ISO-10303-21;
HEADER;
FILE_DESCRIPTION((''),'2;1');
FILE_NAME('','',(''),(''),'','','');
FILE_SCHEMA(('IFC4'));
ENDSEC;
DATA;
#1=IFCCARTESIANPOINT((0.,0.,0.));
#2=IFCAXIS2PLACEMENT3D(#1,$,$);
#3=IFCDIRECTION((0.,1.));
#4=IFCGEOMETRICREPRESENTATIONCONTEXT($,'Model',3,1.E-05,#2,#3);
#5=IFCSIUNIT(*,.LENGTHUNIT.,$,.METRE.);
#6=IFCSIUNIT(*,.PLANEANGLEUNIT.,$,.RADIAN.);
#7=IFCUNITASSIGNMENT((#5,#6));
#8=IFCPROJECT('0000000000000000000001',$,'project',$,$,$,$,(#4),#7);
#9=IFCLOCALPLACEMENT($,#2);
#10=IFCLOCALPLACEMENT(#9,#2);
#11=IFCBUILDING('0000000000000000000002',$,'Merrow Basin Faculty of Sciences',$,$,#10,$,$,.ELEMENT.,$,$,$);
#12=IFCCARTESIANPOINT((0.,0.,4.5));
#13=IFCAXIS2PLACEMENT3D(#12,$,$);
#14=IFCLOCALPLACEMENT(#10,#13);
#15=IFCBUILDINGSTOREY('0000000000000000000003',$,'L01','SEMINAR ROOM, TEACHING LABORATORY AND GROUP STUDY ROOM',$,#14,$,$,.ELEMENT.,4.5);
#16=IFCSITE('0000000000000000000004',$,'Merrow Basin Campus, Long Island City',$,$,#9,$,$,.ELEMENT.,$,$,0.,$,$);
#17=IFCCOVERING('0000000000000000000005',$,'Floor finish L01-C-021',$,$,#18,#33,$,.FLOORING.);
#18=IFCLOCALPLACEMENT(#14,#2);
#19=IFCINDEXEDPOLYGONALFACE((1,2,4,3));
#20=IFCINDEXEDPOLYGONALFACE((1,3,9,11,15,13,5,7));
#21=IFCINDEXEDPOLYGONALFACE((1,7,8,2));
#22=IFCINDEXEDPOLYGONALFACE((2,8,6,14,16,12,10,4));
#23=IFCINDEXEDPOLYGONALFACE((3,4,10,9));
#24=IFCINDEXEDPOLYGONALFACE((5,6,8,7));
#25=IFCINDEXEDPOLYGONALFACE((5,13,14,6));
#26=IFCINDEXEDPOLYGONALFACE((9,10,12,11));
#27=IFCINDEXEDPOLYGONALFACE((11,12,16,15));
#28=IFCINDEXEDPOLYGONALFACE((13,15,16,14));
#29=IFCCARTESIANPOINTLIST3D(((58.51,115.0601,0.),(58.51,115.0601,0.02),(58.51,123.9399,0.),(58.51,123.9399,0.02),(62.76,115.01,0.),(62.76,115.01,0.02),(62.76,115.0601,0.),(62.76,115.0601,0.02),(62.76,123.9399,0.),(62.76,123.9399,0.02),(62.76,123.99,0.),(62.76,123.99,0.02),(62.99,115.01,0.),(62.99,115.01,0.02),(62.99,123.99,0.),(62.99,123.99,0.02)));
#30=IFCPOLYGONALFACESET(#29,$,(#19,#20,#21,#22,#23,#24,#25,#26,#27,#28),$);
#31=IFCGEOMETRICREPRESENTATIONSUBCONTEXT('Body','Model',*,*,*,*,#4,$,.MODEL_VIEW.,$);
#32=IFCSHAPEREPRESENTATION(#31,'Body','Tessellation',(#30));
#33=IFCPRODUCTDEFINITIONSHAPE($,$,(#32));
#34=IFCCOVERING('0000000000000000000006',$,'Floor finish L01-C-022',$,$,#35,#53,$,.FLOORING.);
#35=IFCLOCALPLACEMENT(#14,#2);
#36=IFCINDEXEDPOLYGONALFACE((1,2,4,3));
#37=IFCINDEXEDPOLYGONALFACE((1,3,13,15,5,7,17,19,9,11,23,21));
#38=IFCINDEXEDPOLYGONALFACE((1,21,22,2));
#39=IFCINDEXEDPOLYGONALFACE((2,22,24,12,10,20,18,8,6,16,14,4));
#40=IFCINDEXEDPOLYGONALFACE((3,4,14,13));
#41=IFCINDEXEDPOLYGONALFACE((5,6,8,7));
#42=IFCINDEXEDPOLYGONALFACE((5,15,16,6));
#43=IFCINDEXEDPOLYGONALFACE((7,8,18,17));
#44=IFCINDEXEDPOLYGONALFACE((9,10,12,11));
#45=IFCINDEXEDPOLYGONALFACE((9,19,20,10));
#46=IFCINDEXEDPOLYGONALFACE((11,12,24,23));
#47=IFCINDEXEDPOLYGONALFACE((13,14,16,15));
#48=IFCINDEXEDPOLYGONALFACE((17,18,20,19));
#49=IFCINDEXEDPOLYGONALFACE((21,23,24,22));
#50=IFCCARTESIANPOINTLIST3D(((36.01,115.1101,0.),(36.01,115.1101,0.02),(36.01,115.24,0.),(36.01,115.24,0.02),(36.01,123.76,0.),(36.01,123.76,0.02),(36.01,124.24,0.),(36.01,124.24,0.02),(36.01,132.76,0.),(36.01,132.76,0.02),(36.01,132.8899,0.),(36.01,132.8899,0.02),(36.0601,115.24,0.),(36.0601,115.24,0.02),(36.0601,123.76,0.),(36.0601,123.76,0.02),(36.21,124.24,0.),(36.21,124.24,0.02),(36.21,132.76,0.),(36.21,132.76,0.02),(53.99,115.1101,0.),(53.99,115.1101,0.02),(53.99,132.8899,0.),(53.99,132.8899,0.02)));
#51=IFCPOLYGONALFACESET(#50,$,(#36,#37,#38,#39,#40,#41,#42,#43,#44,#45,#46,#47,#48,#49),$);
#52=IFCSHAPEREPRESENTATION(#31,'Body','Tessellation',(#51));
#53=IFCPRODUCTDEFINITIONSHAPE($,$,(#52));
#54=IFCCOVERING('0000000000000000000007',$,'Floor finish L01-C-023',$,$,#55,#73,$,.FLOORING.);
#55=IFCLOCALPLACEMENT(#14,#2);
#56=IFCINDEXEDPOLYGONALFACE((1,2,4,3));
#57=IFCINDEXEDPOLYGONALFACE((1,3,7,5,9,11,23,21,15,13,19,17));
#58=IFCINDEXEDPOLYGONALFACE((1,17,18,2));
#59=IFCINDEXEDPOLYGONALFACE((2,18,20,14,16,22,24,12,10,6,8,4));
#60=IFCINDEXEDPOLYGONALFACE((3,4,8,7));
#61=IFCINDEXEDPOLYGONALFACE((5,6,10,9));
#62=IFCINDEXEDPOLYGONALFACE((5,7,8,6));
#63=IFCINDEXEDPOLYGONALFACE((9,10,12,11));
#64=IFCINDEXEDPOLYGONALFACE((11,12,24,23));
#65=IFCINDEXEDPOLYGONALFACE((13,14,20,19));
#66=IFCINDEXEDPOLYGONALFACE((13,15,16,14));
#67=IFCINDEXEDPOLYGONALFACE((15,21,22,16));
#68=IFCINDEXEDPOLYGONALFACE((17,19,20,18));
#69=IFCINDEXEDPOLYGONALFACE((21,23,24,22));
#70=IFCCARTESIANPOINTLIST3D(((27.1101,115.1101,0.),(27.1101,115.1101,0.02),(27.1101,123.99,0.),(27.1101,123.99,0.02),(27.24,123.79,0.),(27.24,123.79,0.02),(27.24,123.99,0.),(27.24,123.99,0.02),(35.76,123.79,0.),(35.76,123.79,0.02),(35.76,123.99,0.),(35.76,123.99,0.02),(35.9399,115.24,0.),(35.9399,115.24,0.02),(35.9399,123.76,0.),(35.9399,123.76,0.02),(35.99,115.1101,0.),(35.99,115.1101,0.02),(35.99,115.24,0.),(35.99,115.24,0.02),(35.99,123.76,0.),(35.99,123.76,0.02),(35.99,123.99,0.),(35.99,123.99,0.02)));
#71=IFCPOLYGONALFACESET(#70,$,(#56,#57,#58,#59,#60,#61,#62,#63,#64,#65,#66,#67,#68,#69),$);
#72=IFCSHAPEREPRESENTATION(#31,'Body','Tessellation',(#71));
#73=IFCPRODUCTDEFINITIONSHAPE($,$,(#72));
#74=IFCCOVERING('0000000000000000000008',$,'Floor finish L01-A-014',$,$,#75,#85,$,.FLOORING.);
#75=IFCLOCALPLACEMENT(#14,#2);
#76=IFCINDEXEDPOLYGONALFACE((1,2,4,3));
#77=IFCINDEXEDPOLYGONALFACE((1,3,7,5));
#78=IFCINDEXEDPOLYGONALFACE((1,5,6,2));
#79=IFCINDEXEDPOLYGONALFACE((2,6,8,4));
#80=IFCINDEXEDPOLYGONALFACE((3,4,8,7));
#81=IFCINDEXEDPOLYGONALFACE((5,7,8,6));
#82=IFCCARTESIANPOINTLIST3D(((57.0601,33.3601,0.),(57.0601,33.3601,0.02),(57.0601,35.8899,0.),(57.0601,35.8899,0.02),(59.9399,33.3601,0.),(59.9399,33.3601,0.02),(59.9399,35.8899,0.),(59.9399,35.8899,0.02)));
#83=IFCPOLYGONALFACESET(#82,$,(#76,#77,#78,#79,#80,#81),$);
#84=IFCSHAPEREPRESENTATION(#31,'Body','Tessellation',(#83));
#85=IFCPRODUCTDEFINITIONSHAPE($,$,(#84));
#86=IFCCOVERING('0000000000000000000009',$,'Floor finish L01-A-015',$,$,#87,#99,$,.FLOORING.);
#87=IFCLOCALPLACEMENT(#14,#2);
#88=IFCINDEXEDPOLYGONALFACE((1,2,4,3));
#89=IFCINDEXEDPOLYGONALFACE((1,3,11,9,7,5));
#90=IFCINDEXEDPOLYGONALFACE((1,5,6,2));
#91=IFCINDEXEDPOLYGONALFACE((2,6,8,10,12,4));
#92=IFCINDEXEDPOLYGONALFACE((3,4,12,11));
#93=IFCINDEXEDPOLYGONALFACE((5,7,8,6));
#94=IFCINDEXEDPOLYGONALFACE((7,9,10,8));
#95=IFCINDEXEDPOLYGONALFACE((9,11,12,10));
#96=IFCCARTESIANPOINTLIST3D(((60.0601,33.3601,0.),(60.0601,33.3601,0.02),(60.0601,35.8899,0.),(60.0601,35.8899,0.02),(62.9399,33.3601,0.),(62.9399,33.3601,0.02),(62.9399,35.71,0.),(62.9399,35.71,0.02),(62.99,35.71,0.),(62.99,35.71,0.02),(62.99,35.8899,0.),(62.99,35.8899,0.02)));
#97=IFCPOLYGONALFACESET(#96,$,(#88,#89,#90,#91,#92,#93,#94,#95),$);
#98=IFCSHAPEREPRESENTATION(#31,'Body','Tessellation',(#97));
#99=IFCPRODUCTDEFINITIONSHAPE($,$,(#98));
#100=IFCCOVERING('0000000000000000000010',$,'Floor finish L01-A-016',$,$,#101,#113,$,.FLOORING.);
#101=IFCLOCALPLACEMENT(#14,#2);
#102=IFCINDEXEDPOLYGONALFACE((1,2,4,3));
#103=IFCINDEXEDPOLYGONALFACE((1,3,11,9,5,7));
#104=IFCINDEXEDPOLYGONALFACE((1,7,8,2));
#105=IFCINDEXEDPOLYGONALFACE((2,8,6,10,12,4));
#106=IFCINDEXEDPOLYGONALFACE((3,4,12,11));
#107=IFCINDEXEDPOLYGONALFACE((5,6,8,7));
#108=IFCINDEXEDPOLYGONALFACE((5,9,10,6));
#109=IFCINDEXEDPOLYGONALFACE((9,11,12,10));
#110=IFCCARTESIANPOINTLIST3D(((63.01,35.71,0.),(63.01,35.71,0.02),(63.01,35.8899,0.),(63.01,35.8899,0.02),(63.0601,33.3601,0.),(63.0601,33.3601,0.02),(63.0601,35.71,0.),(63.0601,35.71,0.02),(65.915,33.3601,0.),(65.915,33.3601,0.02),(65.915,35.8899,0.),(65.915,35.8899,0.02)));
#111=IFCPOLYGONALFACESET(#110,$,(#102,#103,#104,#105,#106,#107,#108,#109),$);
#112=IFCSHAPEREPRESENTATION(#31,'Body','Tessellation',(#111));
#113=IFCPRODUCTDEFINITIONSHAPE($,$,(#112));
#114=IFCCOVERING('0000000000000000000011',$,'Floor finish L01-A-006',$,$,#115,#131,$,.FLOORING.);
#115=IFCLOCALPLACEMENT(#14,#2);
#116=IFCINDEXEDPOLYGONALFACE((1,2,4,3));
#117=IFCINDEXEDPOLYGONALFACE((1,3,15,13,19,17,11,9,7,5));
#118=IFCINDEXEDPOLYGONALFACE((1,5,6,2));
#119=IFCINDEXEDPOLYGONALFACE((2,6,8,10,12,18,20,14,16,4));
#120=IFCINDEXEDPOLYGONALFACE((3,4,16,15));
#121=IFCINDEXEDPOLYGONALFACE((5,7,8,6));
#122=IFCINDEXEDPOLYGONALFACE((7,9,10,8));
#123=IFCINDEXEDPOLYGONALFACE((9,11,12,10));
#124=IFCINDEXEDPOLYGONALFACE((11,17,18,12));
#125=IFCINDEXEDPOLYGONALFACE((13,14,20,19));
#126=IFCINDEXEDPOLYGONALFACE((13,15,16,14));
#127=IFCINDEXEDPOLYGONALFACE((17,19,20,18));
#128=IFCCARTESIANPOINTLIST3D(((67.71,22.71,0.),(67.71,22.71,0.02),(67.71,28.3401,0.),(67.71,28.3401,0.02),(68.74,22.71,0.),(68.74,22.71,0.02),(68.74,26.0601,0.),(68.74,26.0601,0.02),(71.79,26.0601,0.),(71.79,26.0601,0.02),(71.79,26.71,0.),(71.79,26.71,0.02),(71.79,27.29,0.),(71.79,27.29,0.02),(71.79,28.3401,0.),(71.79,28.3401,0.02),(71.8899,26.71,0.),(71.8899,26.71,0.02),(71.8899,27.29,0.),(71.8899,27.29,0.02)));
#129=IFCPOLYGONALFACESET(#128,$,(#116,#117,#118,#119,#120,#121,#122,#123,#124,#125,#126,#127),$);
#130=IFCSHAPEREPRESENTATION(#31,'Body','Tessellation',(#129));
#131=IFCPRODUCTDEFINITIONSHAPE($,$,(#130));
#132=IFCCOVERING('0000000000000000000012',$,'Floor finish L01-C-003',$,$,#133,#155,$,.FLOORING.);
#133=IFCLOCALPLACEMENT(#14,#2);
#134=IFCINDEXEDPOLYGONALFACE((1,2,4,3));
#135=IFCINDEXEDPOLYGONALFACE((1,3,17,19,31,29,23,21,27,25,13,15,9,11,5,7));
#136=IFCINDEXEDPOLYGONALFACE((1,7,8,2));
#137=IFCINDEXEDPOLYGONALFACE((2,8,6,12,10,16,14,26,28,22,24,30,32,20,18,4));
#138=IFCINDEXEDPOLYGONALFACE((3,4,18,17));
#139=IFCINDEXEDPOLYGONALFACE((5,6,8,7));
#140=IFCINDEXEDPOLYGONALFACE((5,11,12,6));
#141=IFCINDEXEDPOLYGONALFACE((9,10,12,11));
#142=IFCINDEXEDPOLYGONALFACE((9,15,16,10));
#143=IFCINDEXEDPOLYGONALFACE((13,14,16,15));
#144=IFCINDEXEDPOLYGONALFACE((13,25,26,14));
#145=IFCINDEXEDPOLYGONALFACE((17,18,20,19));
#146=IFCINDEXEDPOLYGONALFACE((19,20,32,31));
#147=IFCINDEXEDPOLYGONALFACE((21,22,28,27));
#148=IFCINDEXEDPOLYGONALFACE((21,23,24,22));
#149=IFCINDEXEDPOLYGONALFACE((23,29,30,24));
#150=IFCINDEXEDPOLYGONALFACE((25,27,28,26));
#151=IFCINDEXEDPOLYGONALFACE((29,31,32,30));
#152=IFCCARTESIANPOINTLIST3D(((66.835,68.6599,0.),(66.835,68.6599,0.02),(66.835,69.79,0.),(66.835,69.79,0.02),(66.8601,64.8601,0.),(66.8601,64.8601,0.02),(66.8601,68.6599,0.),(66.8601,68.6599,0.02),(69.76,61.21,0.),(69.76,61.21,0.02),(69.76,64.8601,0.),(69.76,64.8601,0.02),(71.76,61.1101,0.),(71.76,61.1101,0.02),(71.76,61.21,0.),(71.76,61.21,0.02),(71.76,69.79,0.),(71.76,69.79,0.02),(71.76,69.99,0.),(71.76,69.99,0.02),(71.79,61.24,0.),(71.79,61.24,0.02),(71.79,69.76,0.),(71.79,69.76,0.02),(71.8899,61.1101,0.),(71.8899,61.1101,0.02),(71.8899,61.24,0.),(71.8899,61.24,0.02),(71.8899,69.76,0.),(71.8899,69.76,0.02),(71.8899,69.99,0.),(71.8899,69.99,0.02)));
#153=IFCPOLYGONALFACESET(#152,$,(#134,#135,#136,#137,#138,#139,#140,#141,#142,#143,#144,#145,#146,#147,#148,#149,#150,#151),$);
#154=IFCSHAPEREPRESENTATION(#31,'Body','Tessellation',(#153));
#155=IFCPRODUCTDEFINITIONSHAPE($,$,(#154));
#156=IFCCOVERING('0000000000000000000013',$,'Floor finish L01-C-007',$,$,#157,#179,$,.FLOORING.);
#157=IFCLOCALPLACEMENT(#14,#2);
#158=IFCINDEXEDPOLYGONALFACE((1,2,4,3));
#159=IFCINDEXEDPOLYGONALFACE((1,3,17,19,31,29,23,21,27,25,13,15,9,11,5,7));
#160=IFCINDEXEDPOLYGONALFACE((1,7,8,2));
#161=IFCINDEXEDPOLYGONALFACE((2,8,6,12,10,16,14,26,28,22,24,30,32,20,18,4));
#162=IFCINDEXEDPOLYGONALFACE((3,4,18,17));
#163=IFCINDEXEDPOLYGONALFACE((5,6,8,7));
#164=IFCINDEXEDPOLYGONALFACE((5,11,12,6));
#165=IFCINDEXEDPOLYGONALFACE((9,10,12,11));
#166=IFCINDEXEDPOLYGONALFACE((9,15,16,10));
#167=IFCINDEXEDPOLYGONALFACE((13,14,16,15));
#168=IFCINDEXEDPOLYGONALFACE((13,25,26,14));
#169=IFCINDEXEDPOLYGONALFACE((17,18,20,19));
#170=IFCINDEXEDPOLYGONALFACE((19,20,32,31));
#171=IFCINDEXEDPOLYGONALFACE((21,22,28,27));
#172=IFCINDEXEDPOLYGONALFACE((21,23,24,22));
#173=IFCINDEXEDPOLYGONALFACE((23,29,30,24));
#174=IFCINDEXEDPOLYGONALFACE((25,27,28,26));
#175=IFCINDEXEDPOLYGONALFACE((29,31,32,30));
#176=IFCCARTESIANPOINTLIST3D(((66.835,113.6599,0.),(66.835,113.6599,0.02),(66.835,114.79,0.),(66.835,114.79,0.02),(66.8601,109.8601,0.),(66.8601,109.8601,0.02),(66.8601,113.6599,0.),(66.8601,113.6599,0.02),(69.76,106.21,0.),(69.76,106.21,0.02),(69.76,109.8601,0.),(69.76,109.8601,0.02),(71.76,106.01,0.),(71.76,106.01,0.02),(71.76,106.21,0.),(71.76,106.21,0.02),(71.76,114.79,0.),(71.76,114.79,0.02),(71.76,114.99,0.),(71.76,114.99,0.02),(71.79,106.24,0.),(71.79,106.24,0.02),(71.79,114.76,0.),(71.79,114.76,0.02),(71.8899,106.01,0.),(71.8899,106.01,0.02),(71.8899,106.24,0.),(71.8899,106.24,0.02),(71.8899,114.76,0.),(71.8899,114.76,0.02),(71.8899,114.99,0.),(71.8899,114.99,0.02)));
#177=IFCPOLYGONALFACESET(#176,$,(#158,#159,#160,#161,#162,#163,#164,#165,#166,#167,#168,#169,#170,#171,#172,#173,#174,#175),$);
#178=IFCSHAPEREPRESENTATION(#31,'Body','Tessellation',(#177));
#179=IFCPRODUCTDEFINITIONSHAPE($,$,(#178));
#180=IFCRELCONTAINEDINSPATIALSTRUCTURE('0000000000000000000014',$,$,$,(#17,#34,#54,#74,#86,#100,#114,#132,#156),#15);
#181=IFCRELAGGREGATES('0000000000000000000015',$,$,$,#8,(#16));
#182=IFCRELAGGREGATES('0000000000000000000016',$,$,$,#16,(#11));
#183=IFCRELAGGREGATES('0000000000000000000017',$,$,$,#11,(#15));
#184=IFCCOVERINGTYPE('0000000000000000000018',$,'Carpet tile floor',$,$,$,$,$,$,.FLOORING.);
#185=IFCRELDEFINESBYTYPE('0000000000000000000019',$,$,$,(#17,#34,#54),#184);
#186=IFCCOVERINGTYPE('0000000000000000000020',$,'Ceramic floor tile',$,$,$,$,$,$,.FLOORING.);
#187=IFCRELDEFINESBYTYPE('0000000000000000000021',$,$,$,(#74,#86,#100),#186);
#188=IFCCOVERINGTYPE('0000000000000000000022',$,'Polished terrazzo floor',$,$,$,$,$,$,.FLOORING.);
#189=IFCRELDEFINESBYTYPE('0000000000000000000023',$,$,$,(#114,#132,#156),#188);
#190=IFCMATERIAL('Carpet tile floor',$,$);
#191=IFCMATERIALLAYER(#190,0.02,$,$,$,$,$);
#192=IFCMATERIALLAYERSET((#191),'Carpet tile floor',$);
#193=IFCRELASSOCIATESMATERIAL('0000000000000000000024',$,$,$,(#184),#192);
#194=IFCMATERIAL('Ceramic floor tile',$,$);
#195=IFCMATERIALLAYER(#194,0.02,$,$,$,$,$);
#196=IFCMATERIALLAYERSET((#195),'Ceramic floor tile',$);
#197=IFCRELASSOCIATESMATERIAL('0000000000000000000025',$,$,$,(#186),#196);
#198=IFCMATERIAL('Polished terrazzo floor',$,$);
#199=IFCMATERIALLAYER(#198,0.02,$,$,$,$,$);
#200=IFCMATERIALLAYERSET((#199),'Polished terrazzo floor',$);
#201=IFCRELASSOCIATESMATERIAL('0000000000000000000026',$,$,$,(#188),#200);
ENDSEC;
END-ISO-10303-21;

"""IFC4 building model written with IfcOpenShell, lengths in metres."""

from ifc_helpers import new_model, si_unit, direction, frame, origin, place, context, subcontext, project, spatial, polyline, outline, extrude, material, layer, layer_set, type_object, element, save


model = new_model("IFC4")

# Units and contexts
model_context = context("Model", 3, precision=1e-05, world=origin(), true_north=direction((0.0, 1.0)))
body_context = subcontext(model_context, "Body", "Model", "MODEL_VIEW")
ifc_project = project(units=[si_unit("LENGTHUNIT", "METRE"), si_unit("PLANEANGLEUNIT", "RADIAN")], contexts=[model_context])

# Site, building, storey
site_placement = place(None, origin())
site = spatial("IfcSite", under=ifc_project, at=site_placement, Name="Merrow Basin Campus, Long Island City", CompositionType="ELEMENT", RefElevation=0.0)
building_placement = place(site_placement, origin())
building = spatial("IfcBuilding", under=site, at=building_placement, Name="Merrow Basin Faculty of Sciences", CompositionType="ELEMENT")
storey_placement = place(building_placement, frame((0.0, 0.0, 4.5)))
storey = spatial("IfcBuildingStorey", under=building, at=storey_placement, Name="L01", Description="SEMINAR ROOM, TEACHING LABORATORY AND GROUP STUDY ROOM", CompositionType="ELEMENT", Elevation=4.5)

# Coverings
ifc_material_1 = material(Name="Carpet tile floor")
ifc_layer_1 = layer(ifc_material_1, 0.02)
ifc_layer_set_1 = layer_set([ifc_layer_1], Name="Carpet tile floor")
covering_type_1 = type_object("IfcCoveringType", Name="Carpet tile floor", PredefinedType="FLOORING", material=ifc_layer_set_1)
covering_1_placement = place(storey_placement, origin())
element("IfcCovering", 1, at=covering_1_placement, inside=storey, type_object=covering_type_1, Name="Floor finish L01-C-021", PredefinedType="FLOORING", context=body_context, shape_type="SweptSolid", body=[
    extrude(outline(polyline([(62.99, 123.99), (62.99, 115.01), (62.76, 115.01), (62.76, 115.0601), (58.51, 115.0601), (58.51, 123.9399), (62.76, 123.9399), (62.76, 123.99), (62.99, 123.99)])), origin(), (0.0, 0.0, 1.0), 0.02),
])
covering_2_placement = place(storey_placement, origin())
element("IfcCovering", 2, at=covering_2_placement, inside=storey, type_object=covering_type_1, Name="Floor finish L01-C-022", PredefinedType="FLOORING", context=body_context, shape_type="SweptSolid", body=[
    extrude(outline(polyline([(36.01, 115.1101), (36.01, 115.24), (36.0601, 115.24), (36.0601, 123.76), (36.01, 123.76), (36.01, 124.24), (36.21, 124.24), (36.21, 132.76), (36.01, 132.76), (36.01, 132.8899), (53.99, 132.8899), (53.99, 115.1101), (36.01, 115.1101)])), origin(), (0.0, 0.0, 1.0), 0.02),
])
covering_3_placement = place(storey_placement, origin())
element("IfcCovering", 3, at=covering_3_placement, inside=storey, type_object=covering_type_1, Name="Floor finish L01-C-023", PredefinedType="FLOORING", context=body_context, shape_type="SweptSolid", body=[
    extrude(outline(polyline([(35.99, 123.76), (35.9399, 123.76), (35.9399, 115.24), (35.99, 115.24), (35.99, 115.1101), (27.1101, 115.1101), (27.1101, 123.99), (27.24, 123.99), (27.24, 123.79), (35.76, 123.79), (35.76, 123.99), (35.99, 123.99), (35.99, 123.76)])), origin(), (0.0, 0.0, 1.0), 0.02),
])
ifc_material_2 = material(Name="Ceramic floor tile")
ifc_layer_2 = layer(ifc_material_2, 0.02)
ifc_layer_set_2 = layer_set([ifc_layer_2], Name="Ceramic floor tile")
covering_type_2 = type_object("IfcCoveringType", Name="Ceramic floor tile", PredefinedType="FLOORING", material=ifc_layer_set_2)
covering_4_placement = place(storey_placement, origin())
element("IfcCovering", 4, at=covering_4_placement, inside=storey, type_object=covering_type_2, Name="Floor finish L01-A-014", PredefinedType="FLOORING", context=body_context, shape_type="SweptSolid", body=[
    extrude(outline(polyline([(59.9399, 35.8899), (59.9399, 33.3601), (57.0601, 33.3601), (57.0601, 35.8899), (59.9399, 35.8899)])), origin(), (0.0, 0.0, 1.0), 0.02),
])
covering_5_placement = place(storey_placement, origin())
element("IfcCovering", 5, at=covering_5_placement, inside=storey, type_object=covering_type_2, Name="Floor finish L01-A-015", PredefinedType="FLOORING", context=body_context, shape_type="SweptSolid", body=[
    extrude(outline(polyline([(62.99, 35.8899), (62.99, 35.71), (62.9399, 35.71), (62.9399, 33.3601), (60.0601, 33.3601), (60.0601, 35.8899), (62.99, 35.8899)])), origin(), (0.0, 0.0, 1.0), 0.02),
])
covering_6_placement = place(storey_placement, origin())
element("IfcCovering", 6, at=covering_6_placement, inside=storey, type_object=covering_type_2, Name="Floor finish L01-A-016", PredefinedType="FLOORING", context=body_context, shape_type="SweptSolid", body=[
    extrude(outline(polyline([(63.01, 35.8899), (65.915, 35.8899), (65.915, 33.3601), (63.0601, 33.3601), (63.0601, 35.71), (63.01, 35.71), (63.01, 35.8899)])), origin(), (0.0, 0.0, 1.0), 0.02),
])
ifc_material_3 = material(Name="Polished terrazzo floor")
ifc_layer_3 = layer(ifc_material_3, 0.02)
ifc_layer_set_3 = layer_set([ifc_layer_3], Name="Polished terrazzo floor")
covering_type_3 = type_object("IfcCoveringType", Name="Polished terrazzo floor", PredefinedType="FLOORING", material=ifc_layer_set_3)
covering_7_placement = place(storey_placement, origin())
element("IfcCovering", 7, at=covering_7_placement, inside=storey, type_object=covering_type_3, Name="Floor finish L01-A-006", PredefinedType="FLOORING", context=body_context, shape_type="SweptSolid", body=[
    extrude(outline(polyline([(71.8899, 26.71), (71.79, 26.71), (71.79, 26.0601), (68.74, 26.0601), (68.74, 22.71), (67.71, 22.71), (67.71, 28.3401), (71.79, 28.3401), (71.79, 27.29), (71.8899, 27.29), (71.8899, 26.71)])), origin(), (0.0, 0.0, 1.0), 0.02),
])
covering_8_placement = place(storey_placement, origin())
element("IfcCovering", 8, at=covering_8_placement, inside=storey, type_object=covering_type_3, Name="Floor finish L01-C-003", PredefinedType="FLOORING", context=body_context, shape_type="SweptSolid", body=[
    extrude(outline(polyline([(71.8899, 69.99), (71.8899, 69.76), (71.79, 69.76), (71.79, 61.24), (71.8899, 61.24), (71.8899, 61.1101), (71.76, 61.1101), (71.76, 61.21), (69.76, 61.21), (69.76, 64.8601), (66.8601, 64.8601), (66.8601, 68.6599), (66.835, 68.6599), (66.835, 69.79), (71.76, 69.79), (71.76, 69.99), (71.8899, 69.99)])), origin(), (0.0, 0.0, 1.0), 0.02),
])
covering_9_placement = place(storey_placement, origin())
element("IfcCovering", 9, at=covering_9_placement, inside=storey, type_object=covering_type_3, Name="Floor finish L01-C-007", PredefinedType="FLOORING", context=body_context, shape_type="SweptSolid", body=[
    extrude(outline(polyline([(71.8899, 114.99), (71.8899, 114.76), (71.79, 114.76), (71.79, 106.24), (71.8899, 106.24), (71.8899, 106.01), (71.76, 106.01), (71.76, 106.21), (69.76, 106.21), (69.76, 109.8601), (66.8601, 109.8601), (66.8601, 113.6599), (66.835, 113.6599), (66.835, 114.79), (71.76, 114.79), (71.76, 114.99), (71.8899, 114.99)])), origin(), (0.0, 0.0, 1.0), 0.02),
])

save(model, "model.ifc")
